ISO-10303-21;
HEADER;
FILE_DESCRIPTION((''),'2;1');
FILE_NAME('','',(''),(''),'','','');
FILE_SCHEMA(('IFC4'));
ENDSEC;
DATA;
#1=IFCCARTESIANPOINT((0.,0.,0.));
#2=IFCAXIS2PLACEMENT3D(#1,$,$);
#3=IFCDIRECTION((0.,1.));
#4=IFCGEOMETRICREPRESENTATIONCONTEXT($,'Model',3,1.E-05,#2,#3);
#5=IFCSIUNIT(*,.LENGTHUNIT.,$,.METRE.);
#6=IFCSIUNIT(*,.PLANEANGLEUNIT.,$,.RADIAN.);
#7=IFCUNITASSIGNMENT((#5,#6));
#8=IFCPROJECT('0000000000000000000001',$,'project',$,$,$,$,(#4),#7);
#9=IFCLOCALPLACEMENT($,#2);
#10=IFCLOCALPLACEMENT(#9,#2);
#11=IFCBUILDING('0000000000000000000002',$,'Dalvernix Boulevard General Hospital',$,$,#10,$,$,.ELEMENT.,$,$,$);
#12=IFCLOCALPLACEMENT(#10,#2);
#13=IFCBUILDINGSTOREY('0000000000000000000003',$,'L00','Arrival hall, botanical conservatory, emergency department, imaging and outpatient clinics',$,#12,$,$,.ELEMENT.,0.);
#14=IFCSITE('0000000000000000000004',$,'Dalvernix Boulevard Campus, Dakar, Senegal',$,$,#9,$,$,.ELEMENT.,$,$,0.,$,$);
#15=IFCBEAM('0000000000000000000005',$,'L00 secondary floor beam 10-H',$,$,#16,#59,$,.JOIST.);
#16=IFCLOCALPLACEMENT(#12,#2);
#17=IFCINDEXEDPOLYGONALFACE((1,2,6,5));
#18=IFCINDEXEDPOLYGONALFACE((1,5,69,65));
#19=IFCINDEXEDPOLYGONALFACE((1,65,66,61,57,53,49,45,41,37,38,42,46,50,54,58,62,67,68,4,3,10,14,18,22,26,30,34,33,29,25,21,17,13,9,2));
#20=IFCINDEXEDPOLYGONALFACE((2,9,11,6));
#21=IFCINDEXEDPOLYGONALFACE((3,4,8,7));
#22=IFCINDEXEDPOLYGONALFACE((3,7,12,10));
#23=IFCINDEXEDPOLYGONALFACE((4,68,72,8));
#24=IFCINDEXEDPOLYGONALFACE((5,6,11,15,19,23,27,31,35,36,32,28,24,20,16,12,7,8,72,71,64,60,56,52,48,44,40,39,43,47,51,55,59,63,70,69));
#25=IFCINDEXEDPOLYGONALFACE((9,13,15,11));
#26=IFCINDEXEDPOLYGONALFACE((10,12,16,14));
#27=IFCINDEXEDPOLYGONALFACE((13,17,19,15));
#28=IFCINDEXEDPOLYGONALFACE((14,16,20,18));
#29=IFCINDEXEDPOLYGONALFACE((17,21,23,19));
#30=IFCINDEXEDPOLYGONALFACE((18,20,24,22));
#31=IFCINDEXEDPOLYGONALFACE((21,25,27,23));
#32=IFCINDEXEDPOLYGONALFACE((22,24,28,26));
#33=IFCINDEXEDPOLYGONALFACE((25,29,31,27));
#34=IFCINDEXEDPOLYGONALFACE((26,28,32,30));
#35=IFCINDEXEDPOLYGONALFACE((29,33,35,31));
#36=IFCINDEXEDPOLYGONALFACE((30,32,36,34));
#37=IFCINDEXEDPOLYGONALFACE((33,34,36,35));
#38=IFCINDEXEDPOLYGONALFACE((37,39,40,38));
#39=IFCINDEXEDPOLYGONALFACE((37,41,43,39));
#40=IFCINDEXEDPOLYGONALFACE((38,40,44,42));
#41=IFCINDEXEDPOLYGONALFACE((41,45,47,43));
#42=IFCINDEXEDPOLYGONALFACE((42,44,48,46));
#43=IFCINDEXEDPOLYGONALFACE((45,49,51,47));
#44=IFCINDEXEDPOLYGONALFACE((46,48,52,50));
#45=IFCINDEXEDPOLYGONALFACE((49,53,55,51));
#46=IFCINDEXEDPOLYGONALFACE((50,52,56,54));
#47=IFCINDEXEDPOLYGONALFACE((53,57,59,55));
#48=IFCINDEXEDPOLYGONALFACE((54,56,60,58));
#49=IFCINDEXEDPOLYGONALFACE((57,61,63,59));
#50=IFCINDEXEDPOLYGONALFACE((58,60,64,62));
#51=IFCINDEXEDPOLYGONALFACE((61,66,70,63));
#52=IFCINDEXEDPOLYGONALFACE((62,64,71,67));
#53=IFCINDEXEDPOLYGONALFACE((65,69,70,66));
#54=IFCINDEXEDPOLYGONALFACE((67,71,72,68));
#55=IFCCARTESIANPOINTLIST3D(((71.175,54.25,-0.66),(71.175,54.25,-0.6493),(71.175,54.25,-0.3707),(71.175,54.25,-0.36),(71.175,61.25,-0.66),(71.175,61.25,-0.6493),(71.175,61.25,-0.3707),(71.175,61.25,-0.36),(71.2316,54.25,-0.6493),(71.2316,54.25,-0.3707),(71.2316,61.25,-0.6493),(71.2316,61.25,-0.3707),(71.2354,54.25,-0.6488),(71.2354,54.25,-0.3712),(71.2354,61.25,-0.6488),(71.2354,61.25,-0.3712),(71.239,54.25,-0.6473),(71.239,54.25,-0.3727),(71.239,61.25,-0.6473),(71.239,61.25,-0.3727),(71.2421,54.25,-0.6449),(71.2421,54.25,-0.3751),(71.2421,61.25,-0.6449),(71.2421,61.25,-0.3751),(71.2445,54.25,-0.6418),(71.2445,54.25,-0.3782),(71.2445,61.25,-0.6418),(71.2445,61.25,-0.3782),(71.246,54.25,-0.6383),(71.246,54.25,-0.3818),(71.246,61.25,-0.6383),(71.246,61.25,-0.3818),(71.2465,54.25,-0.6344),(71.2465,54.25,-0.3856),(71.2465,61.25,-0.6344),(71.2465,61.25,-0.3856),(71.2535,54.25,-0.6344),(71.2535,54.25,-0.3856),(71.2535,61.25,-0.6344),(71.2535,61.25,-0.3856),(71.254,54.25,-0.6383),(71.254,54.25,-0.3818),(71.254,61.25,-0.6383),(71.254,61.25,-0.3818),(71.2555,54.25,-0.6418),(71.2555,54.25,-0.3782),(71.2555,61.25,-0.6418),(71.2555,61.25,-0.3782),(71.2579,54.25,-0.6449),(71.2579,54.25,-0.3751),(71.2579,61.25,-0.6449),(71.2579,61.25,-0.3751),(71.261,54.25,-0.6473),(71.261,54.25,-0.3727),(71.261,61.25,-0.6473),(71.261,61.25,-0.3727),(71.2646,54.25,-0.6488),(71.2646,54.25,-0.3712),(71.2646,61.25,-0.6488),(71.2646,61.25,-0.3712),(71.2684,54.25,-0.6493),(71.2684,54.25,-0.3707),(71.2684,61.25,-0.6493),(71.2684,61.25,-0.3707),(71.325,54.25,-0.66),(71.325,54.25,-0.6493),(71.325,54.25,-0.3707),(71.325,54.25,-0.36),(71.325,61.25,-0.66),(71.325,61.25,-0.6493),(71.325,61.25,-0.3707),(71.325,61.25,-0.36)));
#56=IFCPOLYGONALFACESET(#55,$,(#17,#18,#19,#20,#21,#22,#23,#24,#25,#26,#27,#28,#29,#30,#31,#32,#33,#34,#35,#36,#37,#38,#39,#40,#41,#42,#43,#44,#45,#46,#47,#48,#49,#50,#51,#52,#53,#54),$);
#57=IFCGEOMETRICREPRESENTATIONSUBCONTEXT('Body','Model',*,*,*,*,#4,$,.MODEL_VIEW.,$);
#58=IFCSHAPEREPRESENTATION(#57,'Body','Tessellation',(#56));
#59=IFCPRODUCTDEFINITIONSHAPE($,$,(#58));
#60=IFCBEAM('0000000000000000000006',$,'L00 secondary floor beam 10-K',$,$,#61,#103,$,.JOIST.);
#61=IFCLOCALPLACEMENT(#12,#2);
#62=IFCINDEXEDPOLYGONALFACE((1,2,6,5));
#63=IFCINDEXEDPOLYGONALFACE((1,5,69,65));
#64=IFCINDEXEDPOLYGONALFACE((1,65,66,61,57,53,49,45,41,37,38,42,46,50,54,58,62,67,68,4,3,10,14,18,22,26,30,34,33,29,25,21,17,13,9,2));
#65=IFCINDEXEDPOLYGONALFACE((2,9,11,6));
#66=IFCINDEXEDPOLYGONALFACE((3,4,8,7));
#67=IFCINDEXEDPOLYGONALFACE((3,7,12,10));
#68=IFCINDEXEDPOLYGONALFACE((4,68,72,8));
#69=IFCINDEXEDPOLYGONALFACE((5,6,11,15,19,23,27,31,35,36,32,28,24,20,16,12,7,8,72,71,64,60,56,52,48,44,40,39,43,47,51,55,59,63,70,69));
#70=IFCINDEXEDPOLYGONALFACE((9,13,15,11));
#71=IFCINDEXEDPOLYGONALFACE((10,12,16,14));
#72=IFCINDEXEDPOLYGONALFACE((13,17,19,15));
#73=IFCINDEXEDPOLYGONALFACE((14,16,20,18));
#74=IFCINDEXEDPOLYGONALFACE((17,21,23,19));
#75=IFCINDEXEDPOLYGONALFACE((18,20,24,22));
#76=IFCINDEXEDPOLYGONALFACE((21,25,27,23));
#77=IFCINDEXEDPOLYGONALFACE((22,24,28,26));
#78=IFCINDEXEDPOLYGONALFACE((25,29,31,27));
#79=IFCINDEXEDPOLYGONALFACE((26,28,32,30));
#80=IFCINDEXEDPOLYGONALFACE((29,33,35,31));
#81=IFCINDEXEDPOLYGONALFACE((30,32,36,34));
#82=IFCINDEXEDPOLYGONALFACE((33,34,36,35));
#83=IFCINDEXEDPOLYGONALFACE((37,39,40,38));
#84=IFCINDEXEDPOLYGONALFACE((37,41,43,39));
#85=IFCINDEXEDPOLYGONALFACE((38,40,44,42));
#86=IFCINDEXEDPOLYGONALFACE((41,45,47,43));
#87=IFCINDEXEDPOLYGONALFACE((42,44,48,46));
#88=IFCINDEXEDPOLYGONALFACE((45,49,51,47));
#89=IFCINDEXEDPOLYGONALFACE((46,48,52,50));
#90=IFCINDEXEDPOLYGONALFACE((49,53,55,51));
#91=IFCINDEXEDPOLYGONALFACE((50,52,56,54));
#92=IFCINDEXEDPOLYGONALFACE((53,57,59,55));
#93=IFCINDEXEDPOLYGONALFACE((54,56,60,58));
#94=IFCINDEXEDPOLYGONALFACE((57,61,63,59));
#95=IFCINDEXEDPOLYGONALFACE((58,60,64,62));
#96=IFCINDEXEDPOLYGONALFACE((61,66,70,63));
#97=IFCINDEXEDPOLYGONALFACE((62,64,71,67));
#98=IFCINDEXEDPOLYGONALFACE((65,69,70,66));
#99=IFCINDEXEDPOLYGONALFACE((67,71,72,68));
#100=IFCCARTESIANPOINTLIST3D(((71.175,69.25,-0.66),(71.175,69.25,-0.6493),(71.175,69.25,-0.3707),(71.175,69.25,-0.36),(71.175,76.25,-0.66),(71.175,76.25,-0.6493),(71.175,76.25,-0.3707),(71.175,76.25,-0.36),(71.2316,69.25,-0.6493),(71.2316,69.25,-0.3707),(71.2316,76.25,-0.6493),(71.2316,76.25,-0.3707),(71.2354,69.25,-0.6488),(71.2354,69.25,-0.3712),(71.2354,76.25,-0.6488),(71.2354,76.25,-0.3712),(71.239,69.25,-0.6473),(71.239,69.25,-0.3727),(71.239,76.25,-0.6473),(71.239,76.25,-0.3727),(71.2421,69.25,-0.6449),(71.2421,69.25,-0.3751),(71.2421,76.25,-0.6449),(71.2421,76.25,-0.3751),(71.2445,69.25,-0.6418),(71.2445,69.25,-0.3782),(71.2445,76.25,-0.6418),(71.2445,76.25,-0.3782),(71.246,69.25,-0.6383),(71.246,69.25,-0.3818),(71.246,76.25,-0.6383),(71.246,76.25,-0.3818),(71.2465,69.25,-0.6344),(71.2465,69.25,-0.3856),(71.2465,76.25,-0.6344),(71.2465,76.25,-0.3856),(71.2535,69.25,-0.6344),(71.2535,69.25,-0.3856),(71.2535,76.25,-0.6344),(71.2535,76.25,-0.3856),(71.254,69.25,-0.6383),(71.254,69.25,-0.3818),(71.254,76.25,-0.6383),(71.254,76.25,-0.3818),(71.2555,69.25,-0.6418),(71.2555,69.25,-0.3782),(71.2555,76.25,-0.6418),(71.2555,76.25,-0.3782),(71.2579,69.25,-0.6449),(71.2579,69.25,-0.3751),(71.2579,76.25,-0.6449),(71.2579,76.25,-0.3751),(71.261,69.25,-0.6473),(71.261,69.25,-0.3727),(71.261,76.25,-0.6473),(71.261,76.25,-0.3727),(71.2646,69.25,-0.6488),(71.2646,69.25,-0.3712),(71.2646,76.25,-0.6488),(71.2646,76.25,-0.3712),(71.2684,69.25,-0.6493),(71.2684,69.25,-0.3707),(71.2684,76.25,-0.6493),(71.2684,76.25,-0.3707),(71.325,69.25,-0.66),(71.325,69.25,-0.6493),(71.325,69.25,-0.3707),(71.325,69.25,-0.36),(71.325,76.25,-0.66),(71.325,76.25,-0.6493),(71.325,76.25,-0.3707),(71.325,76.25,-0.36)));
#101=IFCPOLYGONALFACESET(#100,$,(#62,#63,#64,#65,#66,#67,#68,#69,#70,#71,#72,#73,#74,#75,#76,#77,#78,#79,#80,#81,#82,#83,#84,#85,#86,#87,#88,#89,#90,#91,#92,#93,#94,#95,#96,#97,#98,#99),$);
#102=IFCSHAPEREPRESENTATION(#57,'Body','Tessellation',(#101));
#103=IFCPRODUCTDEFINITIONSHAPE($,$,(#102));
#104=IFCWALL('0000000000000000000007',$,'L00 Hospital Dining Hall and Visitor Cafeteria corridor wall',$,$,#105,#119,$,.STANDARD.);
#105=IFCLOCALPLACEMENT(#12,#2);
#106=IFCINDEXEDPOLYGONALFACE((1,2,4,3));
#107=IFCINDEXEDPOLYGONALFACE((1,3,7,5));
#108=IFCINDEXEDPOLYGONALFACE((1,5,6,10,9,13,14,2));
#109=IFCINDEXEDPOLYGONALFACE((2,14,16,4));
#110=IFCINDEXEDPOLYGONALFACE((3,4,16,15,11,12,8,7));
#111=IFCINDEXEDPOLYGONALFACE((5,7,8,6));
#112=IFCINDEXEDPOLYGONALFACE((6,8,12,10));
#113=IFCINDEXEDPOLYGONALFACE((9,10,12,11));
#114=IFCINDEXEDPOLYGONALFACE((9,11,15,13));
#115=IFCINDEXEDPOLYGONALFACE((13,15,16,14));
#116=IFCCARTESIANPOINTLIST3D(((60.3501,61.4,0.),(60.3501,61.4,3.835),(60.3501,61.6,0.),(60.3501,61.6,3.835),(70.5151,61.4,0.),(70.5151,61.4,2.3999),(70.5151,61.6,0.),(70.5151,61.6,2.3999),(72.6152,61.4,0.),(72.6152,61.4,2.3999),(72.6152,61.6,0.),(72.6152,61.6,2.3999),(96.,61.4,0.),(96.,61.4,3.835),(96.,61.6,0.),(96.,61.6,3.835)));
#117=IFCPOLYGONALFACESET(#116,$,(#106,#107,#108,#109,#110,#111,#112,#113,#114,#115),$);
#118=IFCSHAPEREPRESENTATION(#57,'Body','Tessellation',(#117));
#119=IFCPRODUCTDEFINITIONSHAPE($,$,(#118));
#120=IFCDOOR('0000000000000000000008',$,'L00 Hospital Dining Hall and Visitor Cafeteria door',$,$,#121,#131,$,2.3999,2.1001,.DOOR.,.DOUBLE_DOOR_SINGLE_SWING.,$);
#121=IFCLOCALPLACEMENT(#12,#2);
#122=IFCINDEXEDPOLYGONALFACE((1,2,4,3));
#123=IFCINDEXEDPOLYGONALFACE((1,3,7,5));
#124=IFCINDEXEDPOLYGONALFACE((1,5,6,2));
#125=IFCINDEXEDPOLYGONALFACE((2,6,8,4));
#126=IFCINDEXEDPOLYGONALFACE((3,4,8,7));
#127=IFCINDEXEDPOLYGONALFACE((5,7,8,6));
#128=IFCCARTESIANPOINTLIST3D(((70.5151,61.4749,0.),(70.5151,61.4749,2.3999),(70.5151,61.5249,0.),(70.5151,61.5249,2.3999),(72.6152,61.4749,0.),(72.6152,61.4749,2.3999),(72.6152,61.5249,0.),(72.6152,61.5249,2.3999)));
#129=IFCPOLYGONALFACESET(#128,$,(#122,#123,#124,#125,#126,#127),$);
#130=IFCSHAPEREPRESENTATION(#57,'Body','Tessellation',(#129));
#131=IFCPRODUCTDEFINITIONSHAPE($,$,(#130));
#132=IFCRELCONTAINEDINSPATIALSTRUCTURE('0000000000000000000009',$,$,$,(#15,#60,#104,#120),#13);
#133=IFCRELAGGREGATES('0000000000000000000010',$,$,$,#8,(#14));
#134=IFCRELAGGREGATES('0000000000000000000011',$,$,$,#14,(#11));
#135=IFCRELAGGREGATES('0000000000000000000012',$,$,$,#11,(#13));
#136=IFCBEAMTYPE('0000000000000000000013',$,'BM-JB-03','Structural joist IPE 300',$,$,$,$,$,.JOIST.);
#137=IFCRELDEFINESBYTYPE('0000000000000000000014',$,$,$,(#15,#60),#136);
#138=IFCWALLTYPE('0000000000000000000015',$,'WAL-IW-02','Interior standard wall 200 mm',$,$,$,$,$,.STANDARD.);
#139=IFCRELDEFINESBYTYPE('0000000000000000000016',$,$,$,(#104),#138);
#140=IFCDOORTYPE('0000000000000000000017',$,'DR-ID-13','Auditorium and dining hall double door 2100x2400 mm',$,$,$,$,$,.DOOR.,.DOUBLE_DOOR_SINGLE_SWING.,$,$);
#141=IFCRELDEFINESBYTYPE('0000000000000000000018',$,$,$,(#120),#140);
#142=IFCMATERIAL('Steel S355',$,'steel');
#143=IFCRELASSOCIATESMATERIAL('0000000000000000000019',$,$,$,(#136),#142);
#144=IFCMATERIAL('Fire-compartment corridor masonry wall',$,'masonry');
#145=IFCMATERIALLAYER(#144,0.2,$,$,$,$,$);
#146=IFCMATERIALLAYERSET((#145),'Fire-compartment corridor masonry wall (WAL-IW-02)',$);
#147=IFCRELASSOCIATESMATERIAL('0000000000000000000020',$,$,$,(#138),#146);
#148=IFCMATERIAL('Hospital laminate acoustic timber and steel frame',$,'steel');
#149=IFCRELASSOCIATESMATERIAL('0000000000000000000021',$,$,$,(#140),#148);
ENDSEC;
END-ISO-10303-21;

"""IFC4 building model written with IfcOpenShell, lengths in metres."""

from ifc_helpers import new_model, si_unit, direction, frame, frame_2d, origin, origin_2d, place, context, subcontext, project, spatial, rectangle, i_section, extrude, material, layer, layer_set, material_profile, profile_set, type_object, element, fill, save


model = new_model("IFC4")

# Units and contexts
model_context = context("Model", 3, precision=1e-05, world=origin(), true_north=direction((0.0, 1.0)))
body_context = subcontext(model_context, "Body", "Model", "MODEL_VIEW")
ifc_project = project(units=[si_unit("LENGTHUNIT", "METRE"), si_unit("PLANEANGLEUNIT", "RADIAN")], contexts=[model_context])

# Site, building, storey
site_placement = place(None, origin())
site = spatial("IfcSite", under=ifc_project, at=site_placement, Name="Dalvernix Boulevard Campus, Dakar, Senegal", CompositionType="ELEMENT", RefElevation=0.0)
building_placement = place(site_placement, origin())
building = spatial("IfcBuilding", under=site, at=building_placement, Name="Dalvernix Boulevard General Hospital", CompositionType="ELEMENT")
storey_placement = place(building_placement, origin())
storey = spatial("IfcBuildingStorey", under=building, at=storey_placement, Name="L00", Description="Arrival hall, botanical conservatory, emergency department, imaging and outpatient clinics", CompositionType="ELEMENT", Elevation=0.0)

# Shared definitions
ifc_material_1 = material(Name="Steel S355", Category="steel")

# Beams
ifc_material_profile_1 = material_profile(ifc_material_1, i_section(OverallWidth=0.1499, OverallDepth=0.3, WebThickness=0.0071, FlangeThickness=0.0107, FilletRadius=0.0149, at=origin_2d()), Name="IPE 300")
ifc_profile_set_1 = profile_set([ifc_material_profile_1], Name="Steel S355")
beam_type_1 = type_object("IfcBeamType", Name="BM-JB-03", Description="Structural joist IPE 300", PredefinedType="JOIST", material=ifc_profile_set_1)
for number, where, z_axis, x_axis, name in (
    (1, (71.25, 54.25, -0.51), (0.0, 1.0, 0.0), (-1.0, 0.0, 0.0), "L00 secondary floor beam 10-H"),
    (2, (71.25, 69.25, -0.51), (0.0, 1.0, 0.0), (-1.0, 0.0, 0.0), "L00 secondary floor beam 10-K"),
):
    element("IfcBeam", number, at=place(storey_placement, frame(where, z_axis=z_axis, x_axis=x_axis)), inside=storey, type_object=beam_type_1, Name=name, PredefinedType="JOIST", context=body_context, shape_type="SweptSolid", body=[
        extrude(i_section(OverallWidth=0.1499, OverallDepth=0.3, WebThickness=0.0071, FlangeThickness=0.0107, FilletRadius=0.0149, at=origin_2d()), origin(), (0.0, 0.0, 1.0), 7.0),
    ])

# Wall, opening, door
ifc_material_2 = material(Name="Fire-compartment corridor masonry wall", Category="masonry")
ifc_layer = layer(ifc_material_2, 0.2)
ifc_layer_set = layer_set([ifc_layer], Name="Fire-compartment corridor masonry wall (WAL-IW-02)")
wall_type = type_object("IfcWallType", Name="WAL-IW-02", Description="Interior standard wall 200 mm", PredefinedType="STANDARD", material=ifc_layer_set)
wall_placement = place(storey_placement, frame((60.3501, 61.5, 0.0), z_axis=(0.0, 0.0, 1.0), x_axis=(1.0, 0.0, 0.0)))
wall = element("IfcWall", 3, at=wall_placement, inside=storey, type_object=wall_type, Name="L00 Hospital Dining Hall and Visitor Cafeteria corridor wall", PredefinedType="STANDARD", context=body_context, shape_type="SweptSolid", body=[
    extrude(rectangle(XDim=35.6499, YDim=0.2, at=frame_2d((17.825, 0.0))), origin(), (0.0, 0.0, 1.0), 3.835),
])
opening_placement = place(wall_placement, frame((10.165, 0.0, 0.0)))
opening = element("IfcOpeningElement", 4, at=opening_placement, cuts=wall, PredefinedType="OPENING", context=body_context, shape_type="SweptSolid", body=[
    extrude(rectangle(XDim=2.1001, YDim=2.3999, at=frame_2d((1.05, 1.2))), frame((0.0, 0.1099, 0.0), z_axis=(0.0, -1.0, 0.0), x_axis=(1.0, 0.0, 0.0)), (0.0, 0.0, 1.0), 0.22),
])
ifc_material_3 = material(Name="Hospital laminate acoustic timber and steel frame", Category="steel")
door_type = type_object("IfcDoorType", Name="DR-ID-13", Description="Auditorium and dining hall double door 2100x2400 mm", OperationType="DOUBLE_DOOR_SINGLE_SWING", PredefinedType="DOOR", material=ifc_material_3)
door_placement = place(opening_placement, origin())
door = element("IfcDoor", 5, at=door_placement, inside=storey, type_object=door_type, Name="L00 Hospital Dining Hall and Visitor Cafeteria door", OperationType="DOUBLE_DOOR_SINGLE_SWING", OverallHeight=2.3999, OverallWidth=2.1001, PredefinedType="DOOR", context=body_context, shape_type="SweptSolid", body=[
    extrude(rectangle(XDim=2.1001, YDim=2.3999, at=frame_2d((1.05, 1.2))), frame((0.0, 0.0249, 0.0), z_axis=(0.0, -1.0, 0.0), x_axis=(1.0, 0.0, 0.0)), (0.0, 0.0, 1.0), 0.05),
])
fill(opening, door)

save(model, "model.ifc")
